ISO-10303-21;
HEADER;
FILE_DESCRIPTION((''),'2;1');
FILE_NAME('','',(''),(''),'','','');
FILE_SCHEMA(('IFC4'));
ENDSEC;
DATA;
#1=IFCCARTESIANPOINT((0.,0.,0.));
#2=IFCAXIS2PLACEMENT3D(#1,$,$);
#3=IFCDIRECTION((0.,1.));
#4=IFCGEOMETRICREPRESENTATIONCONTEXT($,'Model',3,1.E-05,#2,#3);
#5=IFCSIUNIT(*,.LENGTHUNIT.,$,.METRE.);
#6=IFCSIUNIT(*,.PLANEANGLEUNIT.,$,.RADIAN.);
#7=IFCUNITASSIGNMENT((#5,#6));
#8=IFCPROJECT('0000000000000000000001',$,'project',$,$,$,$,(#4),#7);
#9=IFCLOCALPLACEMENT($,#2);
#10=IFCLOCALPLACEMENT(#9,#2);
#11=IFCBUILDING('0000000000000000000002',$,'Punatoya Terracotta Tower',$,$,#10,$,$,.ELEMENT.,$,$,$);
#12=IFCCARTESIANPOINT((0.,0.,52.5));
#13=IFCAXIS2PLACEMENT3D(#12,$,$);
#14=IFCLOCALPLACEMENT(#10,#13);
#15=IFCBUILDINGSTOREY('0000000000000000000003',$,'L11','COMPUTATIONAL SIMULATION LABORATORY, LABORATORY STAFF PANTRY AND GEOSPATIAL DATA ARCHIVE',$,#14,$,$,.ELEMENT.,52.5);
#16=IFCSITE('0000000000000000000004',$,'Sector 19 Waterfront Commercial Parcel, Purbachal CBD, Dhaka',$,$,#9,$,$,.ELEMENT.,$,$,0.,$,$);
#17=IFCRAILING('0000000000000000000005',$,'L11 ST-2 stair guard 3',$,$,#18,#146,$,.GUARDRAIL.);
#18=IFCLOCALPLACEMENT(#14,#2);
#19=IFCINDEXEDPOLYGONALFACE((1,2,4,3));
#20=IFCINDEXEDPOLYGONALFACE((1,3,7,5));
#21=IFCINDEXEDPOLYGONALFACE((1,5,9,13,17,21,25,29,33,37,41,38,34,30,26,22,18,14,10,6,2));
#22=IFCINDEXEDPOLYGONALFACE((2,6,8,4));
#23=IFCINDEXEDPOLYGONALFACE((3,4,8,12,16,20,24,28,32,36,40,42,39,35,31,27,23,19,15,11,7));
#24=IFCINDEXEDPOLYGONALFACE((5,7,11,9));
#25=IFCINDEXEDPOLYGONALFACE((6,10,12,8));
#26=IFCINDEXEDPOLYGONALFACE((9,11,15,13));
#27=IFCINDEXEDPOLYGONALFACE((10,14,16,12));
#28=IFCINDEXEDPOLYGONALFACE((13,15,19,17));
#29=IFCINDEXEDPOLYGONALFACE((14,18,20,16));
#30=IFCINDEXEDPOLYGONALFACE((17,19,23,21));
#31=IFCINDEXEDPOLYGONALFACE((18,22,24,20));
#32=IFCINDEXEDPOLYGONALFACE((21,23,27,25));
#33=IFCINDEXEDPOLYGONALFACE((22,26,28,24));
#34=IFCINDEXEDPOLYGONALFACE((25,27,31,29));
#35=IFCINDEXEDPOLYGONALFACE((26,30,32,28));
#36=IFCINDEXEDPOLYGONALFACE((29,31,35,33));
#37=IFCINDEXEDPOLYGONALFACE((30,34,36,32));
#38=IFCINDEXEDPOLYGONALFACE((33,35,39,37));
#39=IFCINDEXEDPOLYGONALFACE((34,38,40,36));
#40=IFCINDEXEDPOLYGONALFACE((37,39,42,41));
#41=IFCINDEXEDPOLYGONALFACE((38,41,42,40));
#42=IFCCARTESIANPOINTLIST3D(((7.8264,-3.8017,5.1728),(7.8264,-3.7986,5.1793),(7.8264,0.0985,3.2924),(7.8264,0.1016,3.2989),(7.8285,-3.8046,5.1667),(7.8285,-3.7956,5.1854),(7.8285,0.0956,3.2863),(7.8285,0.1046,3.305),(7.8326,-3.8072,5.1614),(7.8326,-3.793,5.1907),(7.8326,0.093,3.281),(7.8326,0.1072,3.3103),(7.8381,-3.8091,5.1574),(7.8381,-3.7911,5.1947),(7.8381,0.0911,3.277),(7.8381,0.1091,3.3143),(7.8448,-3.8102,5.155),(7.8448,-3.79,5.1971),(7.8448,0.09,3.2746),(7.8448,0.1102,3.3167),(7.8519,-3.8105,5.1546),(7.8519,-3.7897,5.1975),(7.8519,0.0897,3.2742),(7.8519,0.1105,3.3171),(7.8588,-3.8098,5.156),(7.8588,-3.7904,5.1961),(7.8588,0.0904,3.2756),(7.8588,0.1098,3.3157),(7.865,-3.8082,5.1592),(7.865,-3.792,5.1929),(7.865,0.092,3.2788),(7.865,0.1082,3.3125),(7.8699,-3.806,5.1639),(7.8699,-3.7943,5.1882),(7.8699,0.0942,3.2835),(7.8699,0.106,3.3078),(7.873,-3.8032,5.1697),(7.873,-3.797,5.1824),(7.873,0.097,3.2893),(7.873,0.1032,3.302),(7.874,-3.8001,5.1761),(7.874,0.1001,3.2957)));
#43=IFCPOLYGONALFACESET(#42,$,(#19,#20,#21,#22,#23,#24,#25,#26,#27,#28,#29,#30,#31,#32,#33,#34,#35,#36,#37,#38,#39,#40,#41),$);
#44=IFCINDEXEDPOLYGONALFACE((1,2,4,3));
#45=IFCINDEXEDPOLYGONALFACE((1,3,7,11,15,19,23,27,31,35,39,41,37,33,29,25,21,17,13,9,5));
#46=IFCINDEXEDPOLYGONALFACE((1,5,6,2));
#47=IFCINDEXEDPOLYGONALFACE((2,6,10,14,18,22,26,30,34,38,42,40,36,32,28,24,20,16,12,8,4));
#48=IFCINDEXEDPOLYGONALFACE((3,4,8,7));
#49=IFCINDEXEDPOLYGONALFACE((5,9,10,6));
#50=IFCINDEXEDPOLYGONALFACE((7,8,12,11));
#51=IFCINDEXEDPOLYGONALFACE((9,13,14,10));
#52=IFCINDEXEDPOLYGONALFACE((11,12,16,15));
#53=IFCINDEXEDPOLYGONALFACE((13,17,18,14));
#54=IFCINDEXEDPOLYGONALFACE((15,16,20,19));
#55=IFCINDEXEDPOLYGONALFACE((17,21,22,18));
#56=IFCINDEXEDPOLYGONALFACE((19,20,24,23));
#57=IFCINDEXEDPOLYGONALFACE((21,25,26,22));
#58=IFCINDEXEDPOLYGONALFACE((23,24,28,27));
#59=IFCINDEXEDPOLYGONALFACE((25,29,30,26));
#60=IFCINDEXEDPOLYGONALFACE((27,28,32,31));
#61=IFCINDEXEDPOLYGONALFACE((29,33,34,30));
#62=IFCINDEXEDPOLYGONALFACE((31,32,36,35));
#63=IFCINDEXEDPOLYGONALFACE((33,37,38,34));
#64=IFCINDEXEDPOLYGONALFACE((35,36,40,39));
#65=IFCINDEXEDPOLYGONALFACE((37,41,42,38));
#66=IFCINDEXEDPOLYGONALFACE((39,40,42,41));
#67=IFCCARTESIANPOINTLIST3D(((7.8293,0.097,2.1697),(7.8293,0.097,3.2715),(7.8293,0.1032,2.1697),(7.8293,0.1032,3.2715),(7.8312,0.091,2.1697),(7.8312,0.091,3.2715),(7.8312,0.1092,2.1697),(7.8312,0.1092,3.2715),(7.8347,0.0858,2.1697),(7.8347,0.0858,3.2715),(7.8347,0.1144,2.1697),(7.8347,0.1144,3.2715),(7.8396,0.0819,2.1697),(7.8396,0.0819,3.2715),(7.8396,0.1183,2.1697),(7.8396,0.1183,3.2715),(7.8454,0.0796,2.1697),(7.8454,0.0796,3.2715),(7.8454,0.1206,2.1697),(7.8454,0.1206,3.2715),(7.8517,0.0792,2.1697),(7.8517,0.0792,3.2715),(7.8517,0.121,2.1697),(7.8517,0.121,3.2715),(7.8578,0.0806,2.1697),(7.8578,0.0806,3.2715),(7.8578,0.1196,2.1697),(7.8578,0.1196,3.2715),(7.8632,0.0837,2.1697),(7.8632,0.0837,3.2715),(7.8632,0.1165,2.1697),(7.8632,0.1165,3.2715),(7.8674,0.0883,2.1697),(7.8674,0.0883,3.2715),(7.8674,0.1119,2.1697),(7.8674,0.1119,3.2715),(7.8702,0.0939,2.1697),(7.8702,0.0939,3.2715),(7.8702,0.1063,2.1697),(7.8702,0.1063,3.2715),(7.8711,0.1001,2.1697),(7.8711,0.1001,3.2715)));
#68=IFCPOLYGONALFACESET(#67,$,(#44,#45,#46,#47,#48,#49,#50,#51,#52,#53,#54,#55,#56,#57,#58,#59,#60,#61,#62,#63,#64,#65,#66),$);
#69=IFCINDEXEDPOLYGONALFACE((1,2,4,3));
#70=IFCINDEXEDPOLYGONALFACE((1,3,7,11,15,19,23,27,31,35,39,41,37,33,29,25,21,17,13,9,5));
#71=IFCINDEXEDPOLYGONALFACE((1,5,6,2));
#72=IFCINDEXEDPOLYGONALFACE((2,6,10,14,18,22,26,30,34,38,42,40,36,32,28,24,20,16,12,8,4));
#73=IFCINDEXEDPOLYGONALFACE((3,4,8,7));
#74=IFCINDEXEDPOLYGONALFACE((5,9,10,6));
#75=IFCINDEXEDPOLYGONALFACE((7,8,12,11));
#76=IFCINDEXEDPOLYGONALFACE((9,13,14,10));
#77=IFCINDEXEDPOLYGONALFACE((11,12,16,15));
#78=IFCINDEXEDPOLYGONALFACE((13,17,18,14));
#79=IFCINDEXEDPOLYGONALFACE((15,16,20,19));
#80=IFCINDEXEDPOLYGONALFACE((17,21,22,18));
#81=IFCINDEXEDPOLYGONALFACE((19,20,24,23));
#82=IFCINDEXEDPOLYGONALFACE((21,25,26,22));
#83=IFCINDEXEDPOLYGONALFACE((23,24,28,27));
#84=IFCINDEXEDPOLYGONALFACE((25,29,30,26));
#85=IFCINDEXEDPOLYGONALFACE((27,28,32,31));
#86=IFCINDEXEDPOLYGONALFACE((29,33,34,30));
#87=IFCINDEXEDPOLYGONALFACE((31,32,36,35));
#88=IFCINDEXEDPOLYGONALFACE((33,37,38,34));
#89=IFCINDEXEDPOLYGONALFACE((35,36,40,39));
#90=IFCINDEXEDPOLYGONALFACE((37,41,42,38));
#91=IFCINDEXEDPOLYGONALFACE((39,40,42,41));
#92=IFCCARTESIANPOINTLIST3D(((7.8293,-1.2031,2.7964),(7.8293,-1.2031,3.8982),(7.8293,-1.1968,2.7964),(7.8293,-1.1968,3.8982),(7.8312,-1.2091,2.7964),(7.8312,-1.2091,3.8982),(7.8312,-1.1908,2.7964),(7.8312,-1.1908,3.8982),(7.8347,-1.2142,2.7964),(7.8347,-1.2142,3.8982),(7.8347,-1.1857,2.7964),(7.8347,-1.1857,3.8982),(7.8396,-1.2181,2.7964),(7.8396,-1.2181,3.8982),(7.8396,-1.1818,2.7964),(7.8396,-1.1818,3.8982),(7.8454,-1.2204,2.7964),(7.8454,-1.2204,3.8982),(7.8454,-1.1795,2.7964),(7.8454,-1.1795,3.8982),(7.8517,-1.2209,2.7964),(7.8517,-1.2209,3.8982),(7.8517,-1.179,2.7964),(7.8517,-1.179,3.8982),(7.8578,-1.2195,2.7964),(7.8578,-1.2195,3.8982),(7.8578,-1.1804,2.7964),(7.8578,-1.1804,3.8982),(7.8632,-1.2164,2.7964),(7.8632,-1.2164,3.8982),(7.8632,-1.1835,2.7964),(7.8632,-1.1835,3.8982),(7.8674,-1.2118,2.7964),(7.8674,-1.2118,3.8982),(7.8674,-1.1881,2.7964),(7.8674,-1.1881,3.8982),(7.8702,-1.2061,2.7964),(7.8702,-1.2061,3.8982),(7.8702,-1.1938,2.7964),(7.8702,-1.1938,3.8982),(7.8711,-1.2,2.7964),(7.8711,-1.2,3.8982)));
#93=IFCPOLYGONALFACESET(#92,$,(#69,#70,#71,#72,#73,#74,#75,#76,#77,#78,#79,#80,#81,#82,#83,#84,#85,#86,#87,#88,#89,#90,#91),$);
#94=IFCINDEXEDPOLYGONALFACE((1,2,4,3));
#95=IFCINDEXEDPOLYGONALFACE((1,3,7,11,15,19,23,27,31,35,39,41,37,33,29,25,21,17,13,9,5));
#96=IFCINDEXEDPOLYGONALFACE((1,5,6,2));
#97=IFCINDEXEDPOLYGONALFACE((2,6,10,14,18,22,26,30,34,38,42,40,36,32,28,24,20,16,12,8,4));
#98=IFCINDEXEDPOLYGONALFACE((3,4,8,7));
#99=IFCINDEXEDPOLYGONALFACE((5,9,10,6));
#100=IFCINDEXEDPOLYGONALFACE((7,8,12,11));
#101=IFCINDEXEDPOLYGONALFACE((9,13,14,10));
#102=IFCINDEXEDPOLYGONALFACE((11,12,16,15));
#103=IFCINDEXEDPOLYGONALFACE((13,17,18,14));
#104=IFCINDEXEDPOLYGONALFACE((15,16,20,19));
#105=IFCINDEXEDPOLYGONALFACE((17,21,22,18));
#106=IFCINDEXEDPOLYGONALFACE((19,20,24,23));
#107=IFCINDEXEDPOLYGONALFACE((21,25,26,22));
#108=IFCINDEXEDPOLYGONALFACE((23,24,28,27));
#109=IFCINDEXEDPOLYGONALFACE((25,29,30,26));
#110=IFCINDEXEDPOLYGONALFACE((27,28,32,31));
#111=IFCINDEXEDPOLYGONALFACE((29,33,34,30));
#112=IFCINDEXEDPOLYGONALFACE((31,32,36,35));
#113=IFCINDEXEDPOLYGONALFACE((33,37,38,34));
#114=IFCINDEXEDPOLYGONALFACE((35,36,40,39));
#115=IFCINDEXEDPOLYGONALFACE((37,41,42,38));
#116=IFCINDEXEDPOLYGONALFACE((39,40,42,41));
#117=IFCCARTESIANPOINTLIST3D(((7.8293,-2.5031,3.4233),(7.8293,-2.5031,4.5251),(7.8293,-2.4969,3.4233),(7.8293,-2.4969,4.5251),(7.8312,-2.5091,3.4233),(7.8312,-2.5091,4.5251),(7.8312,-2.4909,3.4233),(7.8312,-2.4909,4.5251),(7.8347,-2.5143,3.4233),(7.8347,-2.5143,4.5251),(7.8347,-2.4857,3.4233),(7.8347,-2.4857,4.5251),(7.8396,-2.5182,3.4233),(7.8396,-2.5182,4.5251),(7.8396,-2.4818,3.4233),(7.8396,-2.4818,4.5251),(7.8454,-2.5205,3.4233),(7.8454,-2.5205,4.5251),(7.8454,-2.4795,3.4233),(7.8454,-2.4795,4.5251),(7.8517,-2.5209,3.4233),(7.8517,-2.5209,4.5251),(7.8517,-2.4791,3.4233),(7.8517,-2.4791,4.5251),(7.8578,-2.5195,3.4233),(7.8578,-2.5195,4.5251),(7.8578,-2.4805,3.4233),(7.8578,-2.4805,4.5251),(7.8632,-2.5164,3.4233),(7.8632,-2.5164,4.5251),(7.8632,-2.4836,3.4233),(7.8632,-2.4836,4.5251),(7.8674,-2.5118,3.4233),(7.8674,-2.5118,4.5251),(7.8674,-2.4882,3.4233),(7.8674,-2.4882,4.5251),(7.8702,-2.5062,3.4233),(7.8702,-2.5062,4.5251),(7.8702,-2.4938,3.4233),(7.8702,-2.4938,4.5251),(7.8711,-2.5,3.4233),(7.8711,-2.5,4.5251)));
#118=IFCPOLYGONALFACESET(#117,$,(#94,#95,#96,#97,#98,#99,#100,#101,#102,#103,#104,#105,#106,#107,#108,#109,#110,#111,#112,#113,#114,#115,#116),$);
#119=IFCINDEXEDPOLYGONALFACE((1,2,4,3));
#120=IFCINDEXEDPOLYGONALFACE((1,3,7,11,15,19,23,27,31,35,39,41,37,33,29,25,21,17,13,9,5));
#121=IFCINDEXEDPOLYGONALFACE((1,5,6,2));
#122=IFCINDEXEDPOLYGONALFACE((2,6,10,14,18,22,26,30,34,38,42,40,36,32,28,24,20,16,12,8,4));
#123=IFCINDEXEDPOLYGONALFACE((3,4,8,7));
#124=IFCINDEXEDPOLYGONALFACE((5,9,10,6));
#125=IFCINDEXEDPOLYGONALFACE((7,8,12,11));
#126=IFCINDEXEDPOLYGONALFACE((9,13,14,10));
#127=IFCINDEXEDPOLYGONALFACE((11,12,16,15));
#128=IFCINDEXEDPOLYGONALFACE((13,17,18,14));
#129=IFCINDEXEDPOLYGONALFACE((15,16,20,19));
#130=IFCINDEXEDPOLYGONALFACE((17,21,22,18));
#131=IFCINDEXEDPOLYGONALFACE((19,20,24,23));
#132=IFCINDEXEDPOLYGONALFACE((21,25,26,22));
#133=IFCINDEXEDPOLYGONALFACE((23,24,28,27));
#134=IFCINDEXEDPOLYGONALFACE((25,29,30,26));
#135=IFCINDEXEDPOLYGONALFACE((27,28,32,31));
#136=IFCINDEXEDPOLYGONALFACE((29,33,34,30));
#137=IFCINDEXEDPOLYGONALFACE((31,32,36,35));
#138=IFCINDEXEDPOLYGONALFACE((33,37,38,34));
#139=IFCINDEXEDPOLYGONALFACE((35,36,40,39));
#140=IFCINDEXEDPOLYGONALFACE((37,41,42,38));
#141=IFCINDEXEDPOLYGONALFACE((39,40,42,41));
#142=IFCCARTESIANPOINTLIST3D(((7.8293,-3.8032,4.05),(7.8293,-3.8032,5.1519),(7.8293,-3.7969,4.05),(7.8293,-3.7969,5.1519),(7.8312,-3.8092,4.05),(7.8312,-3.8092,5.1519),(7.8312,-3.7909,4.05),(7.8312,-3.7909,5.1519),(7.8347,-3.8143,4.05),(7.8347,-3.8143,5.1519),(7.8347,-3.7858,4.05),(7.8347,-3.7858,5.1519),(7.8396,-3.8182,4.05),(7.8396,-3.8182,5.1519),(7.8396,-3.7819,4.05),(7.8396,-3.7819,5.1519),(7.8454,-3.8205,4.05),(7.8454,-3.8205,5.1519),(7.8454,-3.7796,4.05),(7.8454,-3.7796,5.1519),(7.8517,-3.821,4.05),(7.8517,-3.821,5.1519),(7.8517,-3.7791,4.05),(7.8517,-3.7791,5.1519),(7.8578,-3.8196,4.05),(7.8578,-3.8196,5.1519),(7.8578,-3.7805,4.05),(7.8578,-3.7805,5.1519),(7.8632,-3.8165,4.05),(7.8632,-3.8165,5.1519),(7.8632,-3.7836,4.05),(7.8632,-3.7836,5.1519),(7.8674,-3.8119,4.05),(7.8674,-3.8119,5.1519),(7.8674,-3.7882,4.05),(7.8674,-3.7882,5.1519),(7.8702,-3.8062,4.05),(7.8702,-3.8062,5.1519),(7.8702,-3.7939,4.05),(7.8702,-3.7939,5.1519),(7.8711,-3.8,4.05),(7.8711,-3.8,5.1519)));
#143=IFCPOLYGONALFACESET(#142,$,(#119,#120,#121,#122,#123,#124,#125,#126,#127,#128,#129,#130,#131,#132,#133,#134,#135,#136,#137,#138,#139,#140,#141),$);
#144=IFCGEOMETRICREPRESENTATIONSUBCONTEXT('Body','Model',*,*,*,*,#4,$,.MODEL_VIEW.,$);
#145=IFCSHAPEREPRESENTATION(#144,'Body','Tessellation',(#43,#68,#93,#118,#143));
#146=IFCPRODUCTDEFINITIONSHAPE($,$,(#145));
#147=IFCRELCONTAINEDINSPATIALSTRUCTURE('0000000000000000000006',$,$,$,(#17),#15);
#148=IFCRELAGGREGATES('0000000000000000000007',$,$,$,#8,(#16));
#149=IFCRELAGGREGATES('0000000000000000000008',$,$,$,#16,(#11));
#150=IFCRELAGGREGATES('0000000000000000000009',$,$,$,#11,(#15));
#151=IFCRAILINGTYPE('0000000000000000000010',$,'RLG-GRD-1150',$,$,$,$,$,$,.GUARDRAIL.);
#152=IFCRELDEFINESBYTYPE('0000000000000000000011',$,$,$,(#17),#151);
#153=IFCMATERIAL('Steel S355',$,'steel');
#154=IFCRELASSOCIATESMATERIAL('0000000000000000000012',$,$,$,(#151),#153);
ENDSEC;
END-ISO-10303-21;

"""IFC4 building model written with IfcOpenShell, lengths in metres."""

from ifc_helpers import new_model, si_unit, direction, frame, origin, origin_2d, place, context, subcontext, project, spatial, circle, extrude, material, type_object, element, save


model = new_model("IFC4")

# Units and contexts
model_context = context("Model", 3, precision=1e-05, world=origin(), true_north=direction((0.0, 1.0)))
body_context = subcontext(model_context, "Body", "Model", "MODEL_VIEW")
ifc_project = project(units=[si_unit("LENGTHUNIT", "METRE"), si_unit("PLANEANGLEUNIT", "RADIAN")], contexts=[model_context])

# Site, building, storey
site_placement = place(None, origin())
site = spatial("IfcSite", under=ifc_project, at=site_placement, Name="Sector 19 Waterfront Commercial Parcel, Purbachal CBD, Dhaka", CompositionType="ELEMENT", RefElevation=0.0)
building_placement = place(site_placement, origin())
building = spatial("IfcBuilding", under=site, at=building_placement, Name="Punatoya Terracotta Tower", CompositionType="ELEMENT")
storey_placement = place(building_placement, frame((0.0, 0.0, 52.5)))
storey = spatial("IfcBuildingStorey", under=building, at=storey_placement, Name="L11", Description="COMPUTATIONAL SIMULATION LABORATORY, LABORATORY STAFF PANTRY AND GEOSPATIAL DATA ARCHIVE", CompositionType="ELEMENT", Elevation=52.5)

# Shared definitions
ifc_material_1 = material(Name="Steel S355", Category="steel")

# Railing
railing_type_1 = type_object("IfcRailingType", Name="RLG-GRD-1150", PredefinedType="GUARDRAIL", material=ifc_material_1)
railing_1_placement = place(storey_placement, frame((7.8501, 0.1001, 2.1697)))
element("IfcRailing", 1, at=railing_1_placement, inside=storey, type_object=railing_type_1, Name="L11 ST-2 stair guard 3", PredefinedType="GUARDRAIL", context=body_context, shape_type="SweptSolid", body=[
    extrude(circle(Radius=0.0239, at=origin_2d()), frame((0.0, 0.0, 1.126), z_axis=(0.0, -0.900774, 0.434289), x_axis=(1.0, 0.0, 0.0)), (0.0, 0.0, 1.0), 4.3298),
    extrude(circle(Radius=0.021, at=origin_2d()), origin(), (0.0, 0.0, 1.0), 1.1018),
    extrude(circle(Radius=0.021, at=origin_2d()), frame((0.0, -1.3, 0.6267)), (0.0, 0.0, 1.0), 1.1018),
    extrude(circle(Radius=0.021, at=origin_2d()), frame((0.0, -2.6001, 1.2537)), (0.0, 0.0, 1.0), 1.1018),
    extrude(circle(Radius=0.021, at=origin_2d()), frame((0.0, -3.9001, 1.8804)), (0.0, 0.0, 1.0), 1.1018),
])

save(model, "model.ifc")
